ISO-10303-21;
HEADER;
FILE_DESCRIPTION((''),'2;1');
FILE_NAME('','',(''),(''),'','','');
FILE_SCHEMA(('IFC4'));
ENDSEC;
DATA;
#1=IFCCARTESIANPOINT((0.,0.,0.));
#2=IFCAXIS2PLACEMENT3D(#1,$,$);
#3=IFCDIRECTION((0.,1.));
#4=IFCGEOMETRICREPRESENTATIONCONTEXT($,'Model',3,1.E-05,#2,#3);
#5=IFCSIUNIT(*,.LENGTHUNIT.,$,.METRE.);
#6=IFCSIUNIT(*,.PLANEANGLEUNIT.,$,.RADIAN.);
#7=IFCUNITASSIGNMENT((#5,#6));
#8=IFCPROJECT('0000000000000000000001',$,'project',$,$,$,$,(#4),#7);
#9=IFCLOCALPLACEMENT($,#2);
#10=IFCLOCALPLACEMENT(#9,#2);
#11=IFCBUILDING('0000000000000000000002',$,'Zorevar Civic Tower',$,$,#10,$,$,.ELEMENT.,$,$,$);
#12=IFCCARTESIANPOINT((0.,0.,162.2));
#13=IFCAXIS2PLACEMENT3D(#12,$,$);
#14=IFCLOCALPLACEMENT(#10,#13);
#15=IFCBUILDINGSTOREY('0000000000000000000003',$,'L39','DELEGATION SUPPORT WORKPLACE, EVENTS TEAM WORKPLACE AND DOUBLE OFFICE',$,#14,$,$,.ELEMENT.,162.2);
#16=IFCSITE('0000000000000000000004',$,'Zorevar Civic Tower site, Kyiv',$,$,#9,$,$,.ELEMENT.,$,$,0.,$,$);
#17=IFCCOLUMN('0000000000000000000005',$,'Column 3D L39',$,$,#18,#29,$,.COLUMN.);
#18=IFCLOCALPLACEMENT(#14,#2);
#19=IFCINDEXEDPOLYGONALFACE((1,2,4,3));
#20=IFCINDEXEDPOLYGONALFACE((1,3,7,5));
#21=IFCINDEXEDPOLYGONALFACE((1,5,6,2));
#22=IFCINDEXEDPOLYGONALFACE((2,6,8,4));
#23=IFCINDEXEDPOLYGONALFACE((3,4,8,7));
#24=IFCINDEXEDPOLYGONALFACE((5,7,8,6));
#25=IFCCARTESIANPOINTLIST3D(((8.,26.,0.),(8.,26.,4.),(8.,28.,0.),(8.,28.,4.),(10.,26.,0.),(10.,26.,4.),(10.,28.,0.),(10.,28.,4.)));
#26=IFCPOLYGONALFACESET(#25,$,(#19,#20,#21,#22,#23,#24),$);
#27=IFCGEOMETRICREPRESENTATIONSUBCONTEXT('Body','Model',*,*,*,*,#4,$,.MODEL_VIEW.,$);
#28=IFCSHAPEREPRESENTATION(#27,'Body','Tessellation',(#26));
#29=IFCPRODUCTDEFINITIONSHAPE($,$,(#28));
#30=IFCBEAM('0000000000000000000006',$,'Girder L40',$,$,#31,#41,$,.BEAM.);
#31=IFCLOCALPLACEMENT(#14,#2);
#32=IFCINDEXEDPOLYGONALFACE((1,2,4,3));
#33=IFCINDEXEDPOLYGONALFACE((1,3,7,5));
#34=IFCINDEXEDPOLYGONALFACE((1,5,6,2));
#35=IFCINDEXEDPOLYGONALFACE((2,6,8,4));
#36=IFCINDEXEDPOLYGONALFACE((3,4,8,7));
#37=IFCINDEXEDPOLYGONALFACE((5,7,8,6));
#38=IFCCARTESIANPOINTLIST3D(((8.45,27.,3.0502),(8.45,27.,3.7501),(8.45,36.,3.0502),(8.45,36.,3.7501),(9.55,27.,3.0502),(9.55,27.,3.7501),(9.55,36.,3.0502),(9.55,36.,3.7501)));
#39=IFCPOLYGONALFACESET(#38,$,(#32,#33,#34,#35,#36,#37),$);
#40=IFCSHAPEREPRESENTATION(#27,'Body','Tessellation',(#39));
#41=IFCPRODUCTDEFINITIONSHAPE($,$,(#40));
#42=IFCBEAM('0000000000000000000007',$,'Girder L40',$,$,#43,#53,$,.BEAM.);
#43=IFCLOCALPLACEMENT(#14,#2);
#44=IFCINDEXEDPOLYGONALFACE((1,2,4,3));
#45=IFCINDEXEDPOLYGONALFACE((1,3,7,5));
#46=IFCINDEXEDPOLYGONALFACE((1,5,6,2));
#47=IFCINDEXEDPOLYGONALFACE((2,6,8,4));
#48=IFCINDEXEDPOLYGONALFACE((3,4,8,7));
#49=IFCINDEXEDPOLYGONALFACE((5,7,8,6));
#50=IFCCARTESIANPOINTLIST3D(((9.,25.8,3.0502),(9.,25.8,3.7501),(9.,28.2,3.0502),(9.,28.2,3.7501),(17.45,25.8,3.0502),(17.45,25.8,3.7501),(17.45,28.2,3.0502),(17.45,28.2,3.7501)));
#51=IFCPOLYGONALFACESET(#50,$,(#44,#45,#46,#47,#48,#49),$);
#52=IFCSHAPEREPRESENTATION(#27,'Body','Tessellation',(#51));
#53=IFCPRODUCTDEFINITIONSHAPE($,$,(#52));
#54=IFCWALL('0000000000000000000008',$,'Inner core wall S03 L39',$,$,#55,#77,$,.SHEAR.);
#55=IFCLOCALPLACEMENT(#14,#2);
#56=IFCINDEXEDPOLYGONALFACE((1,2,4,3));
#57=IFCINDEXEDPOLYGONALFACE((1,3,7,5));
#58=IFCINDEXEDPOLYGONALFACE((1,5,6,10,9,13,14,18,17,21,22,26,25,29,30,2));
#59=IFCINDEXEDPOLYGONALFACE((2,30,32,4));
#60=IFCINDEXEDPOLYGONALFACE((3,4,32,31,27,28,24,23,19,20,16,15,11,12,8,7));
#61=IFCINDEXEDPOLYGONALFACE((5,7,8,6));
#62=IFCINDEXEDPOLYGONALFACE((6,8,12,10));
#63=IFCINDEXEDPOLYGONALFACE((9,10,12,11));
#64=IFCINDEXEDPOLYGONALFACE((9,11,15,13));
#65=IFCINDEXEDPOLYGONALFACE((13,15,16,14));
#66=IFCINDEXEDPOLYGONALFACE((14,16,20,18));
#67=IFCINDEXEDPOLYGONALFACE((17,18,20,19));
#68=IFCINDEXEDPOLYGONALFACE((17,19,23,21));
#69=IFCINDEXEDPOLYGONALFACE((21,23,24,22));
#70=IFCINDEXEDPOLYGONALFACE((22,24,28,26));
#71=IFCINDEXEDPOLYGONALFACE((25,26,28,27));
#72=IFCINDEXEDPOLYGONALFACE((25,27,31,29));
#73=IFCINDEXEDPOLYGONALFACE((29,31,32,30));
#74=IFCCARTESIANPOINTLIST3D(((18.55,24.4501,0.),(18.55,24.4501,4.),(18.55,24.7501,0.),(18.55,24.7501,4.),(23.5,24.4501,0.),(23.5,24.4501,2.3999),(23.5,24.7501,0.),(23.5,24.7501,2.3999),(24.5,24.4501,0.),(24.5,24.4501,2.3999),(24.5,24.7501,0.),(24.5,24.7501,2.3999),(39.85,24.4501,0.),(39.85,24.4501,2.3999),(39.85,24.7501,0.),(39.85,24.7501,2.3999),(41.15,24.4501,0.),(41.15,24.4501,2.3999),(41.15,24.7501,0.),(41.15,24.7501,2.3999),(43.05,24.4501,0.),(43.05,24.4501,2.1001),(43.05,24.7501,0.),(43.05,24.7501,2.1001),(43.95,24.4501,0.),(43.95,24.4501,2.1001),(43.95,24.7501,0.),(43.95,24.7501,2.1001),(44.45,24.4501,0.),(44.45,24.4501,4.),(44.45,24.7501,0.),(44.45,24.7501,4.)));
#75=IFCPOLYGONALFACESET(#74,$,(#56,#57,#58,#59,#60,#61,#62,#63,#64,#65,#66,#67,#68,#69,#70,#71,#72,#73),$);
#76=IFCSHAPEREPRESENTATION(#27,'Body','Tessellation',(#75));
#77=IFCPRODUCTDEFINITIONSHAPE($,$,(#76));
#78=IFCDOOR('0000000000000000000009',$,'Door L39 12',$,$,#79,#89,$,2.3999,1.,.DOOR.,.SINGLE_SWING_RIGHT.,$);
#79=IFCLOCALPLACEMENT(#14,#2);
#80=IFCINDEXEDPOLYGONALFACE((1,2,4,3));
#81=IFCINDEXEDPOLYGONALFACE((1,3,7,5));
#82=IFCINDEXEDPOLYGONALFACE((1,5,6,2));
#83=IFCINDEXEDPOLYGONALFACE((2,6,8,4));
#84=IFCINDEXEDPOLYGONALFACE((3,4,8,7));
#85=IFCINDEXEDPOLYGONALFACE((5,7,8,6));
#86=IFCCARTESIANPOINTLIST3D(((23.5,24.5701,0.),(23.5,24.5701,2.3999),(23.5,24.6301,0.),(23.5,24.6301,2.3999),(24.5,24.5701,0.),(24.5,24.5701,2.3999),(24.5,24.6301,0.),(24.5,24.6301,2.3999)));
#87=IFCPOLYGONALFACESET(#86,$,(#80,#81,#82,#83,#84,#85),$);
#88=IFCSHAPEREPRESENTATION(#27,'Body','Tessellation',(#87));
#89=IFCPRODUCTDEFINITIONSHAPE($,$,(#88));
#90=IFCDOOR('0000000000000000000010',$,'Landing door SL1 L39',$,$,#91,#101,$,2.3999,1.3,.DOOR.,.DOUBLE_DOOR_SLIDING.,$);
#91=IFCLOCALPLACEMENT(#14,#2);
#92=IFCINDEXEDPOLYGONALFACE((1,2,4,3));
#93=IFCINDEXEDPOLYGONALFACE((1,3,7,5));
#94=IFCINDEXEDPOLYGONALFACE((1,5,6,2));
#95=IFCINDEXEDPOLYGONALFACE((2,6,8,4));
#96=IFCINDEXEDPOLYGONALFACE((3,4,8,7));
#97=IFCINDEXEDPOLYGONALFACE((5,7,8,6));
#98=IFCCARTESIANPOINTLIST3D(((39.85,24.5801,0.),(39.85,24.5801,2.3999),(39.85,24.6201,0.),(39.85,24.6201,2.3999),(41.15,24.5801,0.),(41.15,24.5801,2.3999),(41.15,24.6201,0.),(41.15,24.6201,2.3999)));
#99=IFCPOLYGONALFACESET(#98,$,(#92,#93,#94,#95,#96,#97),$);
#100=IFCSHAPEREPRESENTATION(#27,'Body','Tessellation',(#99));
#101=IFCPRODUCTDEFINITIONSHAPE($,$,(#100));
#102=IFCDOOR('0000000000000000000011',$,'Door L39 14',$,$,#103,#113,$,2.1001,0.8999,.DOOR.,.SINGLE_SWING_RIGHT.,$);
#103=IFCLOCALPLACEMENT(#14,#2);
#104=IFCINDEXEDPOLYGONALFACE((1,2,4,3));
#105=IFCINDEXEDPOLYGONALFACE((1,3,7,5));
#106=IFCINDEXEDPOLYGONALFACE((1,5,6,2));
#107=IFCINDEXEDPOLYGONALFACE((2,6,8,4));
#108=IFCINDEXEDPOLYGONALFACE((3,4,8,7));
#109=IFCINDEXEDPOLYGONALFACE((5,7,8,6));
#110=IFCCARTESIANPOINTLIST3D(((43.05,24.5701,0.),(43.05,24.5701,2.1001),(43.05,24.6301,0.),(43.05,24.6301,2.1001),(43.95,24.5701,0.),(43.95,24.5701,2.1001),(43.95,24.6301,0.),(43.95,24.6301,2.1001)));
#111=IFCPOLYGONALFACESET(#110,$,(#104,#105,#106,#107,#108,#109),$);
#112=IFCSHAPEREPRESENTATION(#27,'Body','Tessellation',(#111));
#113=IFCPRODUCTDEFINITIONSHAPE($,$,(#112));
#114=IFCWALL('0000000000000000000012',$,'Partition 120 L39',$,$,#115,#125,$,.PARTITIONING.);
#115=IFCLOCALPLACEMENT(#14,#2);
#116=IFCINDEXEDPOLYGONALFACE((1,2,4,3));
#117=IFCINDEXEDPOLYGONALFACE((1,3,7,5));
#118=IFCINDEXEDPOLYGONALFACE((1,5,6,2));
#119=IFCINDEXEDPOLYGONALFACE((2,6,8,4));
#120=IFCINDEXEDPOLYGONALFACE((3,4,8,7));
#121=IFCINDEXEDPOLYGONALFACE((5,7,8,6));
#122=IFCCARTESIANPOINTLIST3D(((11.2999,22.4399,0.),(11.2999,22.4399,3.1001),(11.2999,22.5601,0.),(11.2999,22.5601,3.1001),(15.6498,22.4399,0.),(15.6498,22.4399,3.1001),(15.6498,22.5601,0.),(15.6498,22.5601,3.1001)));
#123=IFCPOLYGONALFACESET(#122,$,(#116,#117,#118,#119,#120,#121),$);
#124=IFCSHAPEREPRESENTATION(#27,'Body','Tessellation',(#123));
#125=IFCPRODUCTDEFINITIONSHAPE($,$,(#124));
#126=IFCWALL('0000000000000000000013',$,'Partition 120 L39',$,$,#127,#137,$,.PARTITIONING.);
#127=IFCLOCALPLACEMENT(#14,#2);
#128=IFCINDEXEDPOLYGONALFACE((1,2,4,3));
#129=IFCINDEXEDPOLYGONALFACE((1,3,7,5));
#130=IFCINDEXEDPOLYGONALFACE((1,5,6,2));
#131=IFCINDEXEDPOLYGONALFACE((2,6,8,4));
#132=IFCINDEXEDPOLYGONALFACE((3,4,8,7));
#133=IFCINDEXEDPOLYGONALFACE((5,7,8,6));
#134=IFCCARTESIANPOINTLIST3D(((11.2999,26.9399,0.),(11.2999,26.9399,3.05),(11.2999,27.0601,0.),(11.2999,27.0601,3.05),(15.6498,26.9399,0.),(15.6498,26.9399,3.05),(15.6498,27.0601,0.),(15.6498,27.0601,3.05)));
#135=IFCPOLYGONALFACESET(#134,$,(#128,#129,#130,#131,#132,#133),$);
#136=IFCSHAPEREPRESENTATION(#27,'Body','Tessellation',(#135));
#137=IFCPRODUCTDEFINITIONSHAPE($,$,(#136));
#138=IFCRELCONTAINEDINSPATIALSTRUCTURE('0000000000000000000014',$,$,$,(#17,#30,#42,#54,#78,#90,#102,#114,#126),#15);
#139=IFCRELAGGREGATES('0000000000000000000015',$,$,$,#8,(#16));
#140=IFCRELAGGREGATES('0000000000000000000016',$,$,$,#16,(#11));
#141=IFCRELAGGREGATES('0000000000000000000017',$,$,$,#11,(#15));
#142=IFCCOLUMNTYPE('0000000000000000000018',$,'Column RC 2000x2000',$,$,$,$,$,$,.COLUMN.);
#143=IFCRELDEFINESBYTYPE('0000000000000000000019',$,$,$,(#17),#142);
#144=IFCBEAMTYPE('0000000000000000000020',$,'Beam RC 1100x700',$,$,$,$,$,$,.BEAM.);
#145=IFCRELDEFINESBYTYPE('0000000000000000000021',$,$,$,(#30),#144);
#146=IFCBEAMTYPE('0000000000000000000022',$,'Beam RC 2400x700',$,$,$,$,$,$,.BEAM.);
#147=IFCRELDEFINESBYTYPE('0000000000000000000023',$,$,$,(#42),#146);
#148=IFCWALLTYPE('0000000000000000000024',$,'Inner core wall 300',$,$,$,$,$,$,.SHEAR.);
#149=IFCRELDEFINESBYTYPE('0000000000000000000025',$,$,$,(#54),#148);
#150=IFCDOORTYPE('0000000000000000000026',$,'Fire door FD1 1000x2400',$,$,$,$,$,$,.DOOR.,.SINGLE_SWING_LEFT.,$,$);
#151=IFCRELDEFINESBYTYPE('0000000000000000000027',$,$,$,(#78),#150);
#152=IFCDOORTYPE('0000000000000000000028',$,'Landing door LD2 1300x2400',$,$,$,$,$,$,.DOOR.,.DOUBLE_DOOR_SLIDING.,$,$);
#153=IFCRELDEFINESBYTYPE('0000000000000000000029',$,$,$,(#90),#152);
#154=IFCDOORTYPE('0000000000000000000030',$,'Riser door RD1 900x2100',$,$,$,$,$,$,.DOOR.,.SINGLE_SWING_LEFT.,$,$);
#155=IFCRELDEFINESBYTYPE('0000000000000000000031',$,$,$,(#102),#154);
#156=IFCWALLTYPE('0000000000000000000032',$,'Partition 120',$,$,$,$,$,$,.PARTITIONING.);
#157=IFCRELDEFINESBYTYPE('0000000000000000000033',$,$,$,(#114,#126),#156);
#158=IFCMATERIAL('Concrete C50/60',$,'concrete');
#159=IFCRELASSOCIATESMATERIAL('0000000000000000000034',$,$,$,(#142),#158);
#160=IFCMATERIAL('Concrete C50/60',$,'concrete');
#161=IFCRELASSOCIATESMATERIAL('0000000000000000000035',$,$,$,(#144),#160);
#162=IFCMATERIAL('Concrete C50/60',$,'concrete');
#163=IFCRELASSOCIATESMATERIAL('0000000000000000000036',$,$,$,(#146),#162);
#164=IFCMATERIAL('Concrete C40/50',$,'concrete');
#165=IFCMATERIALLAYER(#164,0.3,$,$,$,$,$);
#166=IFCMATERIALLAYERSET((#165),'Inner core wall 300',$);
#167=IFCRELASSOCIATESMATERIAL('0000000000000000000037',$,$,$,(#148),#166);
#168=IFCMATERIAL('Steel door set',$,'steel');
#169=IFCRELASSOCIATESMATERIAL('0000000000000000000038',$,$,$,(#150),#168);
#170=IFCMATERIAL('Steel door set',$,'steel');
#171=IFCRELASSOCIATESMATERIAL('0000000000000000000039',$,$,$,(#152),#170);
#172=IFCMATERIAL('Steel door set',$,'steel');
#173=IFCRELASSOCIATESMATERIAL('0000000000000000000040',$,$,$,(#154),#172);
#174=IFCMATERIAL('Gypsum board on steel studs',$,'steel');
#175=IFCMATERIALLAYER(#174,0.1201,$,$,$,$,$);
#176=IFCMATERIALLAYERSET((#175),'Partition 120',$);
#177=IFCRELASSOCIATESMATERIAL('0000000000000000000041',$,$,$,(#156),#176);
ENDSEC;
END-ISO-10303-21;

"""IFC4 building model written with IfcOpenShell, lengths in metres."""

from ifc_helpers import new_model, si_unit, direction, frame, frame_2d, origin, origin_2d, place, context, subcontext, project, spatial, rectangle, extrude, material, layer, layer_set, material_profile, profile_set, type_object, element, fill, save


model = new_model("IFC4")

# Units and contexts
model_context = context("Model", 3, precision=1e-05, world=origin(), true_north=direction((0.0, 1.0)))
body_context = subcontext(model_context, "Body", "Model", "MODEL_VIEW")
ifc_project = project(units=[si_unit("LENGTHUNIT", "METRE"), si_unit("PLANEANGLEUNIT", "RADIAN")], contexts=[model_context])

# Site, building, storey
site_placement = place(None, origin())
site = spatial("IfcSite", under=ifc_project, at=site_placement, Name="Zorevar Civic Tower site, Kyiv", CompositionType="ELEMENT", RefElevation=0.0)
building_placement = place(site_placement, origin())
building = spatial("IfcBuilding", under=site, at=building_placement, Name="Zorevar Civic Tower", CompositionType="ELEMENT")
storey_placement = place(building_placement, frame((0.0, 0.0, 162.2)))
storey = spatial("IfcBuildingStorey", under=building, at=storey_placement, Name="L39", Description="DELEGATION SUPPORT WORKPLACE, EVENTS TEAM WORKPLACE AND DOUBLE OFFICE", CompositionType="ELEMENT", Elevation=162.2)

# Column
ifc_material_1 = material(Name="Concrete C50/60", Category="concrete")
ifc_material_profile_1 = material_profile(ifc_material_1, rectangle(XDim=2.0, YDim=2.0, at=origin_2d()), Name="RC 2000x2000")
ifc_profile_set_1 = profile_set([ifc_material_profile_1], Name="Concrete C50/60")
column_type = type_object("IfcColumnType", Name="Column RC 2000x2000", PredefinedType="COLUMN", material=ifc_profile_set_1)
column_placement = place(storey_placement, frame((9.0, 27.0, 0.0), z_axis=(0.0, 0.0, 1.0), x_axis=(1.0, 0.0, 0.0)))
element("IfcColumn", 1, at=column_placement, inside=storey, type_object=column_type, Name="Column 3D L39", PredefinedType="COLUMN", context=body_context, shape_type="SweptSolid", body=[
    extrude(rectangle(XDim=2.0, YDim=2.0, at=origin_2d()), origin(), (0.0, 0.0, 1.0), 4.0),
])

# Beams
ifc_material_2 = material(Name="Concrete C50/60", Category="concrete")
ifc_material_profile_2 = material_profile(ifc_material_2, rectangle(XDim=1.1001, YDim=0.7, at=origin_2d()), Name="RC 1100x700")
ifc_profile_set_2 = profile_set([ifc_material_profile_2], Name="Concrete C50/60")
beam_type_1 = type_object("IfcBeamType", Name="Beam RC 1100x700", PredefinedType="BEAM", material=ifc_profile_set_2)
beam_1_placement = place(storey_placement, frame((9.0, 27.0, 3.4001), z_axis=(0.0, 1.0, 0.0), x_axis=(-1.0, 0.0, 0.0)))
element("IfcBeam", 2, at=beam_1_placement, inside=storey, type_object=beam_type_1, Name="Girder L40", PredefinedType="BEAM", context=body_context, shape_type="SweptSolid", body=[
    extrude(rectangle(XDim=1.1001, YDim=0.7, at=origin_2d()), origin(), (0.0, 0.0, 1.0), 9.0),
])
ifc_material_3 = material(Name="Concrete C50/60", Category="concrete")
ifc_material_profile_3 = material_profile(ifc_material_3, rectangle(XDim=2.3999, YDim=0.7, at=origin_2d()), Name="RC 2400x700")
ifc_profile_set_3 = profile_set([ifc_material_profile_3], Name="Concrete C50/60")
beam_type_2 = type_object("IfcBeamType", Name="Beam RC 2400x700", PredefinedType="BEAM", material=ifc_profile_set_3)
beam_2_placement = place(storey_placement, frame((9.0, 27.0, 3.4001), z_axis=(1.0, 0.0, 0.0), x_axis=(0.0, 1.0, 0.0)))
element("IfcBeam", 3, at=beam_2_placement, inside=storey, type_object=beam_type_2, Name="Girder L40", PredefinedType="BEAM", context=body_context, shape_type="SweptSolid", body=[
    extrude(rectangle(XDim=2.3999, YDim=0.7, at=origin_2d()), origin(), (0.0, 0.0, 1.0), 8.45),
])

# Wall, openings, doors
ifc_material_4 = material(Name="Concrete C40/50", Category="concrete")
ifc_layer_1 = layer(ifc_material_4, 0.3)
ifc_layer_set_1 = layer_set([ifc_layer_1], Name="Inner core wall 300")
wall_type_1 = type_object("IfcWallType", Name="Inner core wall 300", PredefinedType="SHEAR", material=ifc_layer_set_1)
wall_1_placement = place(storey_placement, frame((18.55, 24.6001, 0.0), z_axis=(0.0, 0.0, 1.0), x_axis=(1.0, 0.0, 0.0)))
wall_1 = element("IfcWall", 4, at=wall_1_placement, inside=storey, type_object=wall_type_1, Name="Inner core wall S03 L39", PredefinedType="SHEAR", context=body_context, shape_type="SweptSolid", body=[
    extrude(rectangle(XDim=25.8999, YDim=0.3, at=frame_2d((12.95, 0.0))), origin(), (0.0, 0.0, 1.0), 4.0),
])
opening_1_placement = place(wall_1_placement, frame((4.95, 0.0, 0.0)))
opening_1 = element("IfcOpeningElement", 5, at=opening_1_placement, cuts=wall_1, PredefinedType="OPENING", context=body_context, shape_type="SweptSolid", body=[
    extrude(rectangle(XDim=1.0, YDim=2.3999, at=frame_2d((0.5, 1.2))), frame((0.0, 0.1599, 0.0), z_axis=(0.0, -1.0, 0.0), x_axis=(1.0, 0.0, 0.0)), (0.0, 0.0, 1.0), 0.3201),
])
opening_2_placement = place(wall_1_placement, frame((24.5, 0.0, 0.0)))
opening_2 = element("IfcOpeningElement", 6, at=opening_2_placement, cuts=wall_1, PredefinedType="OPENING", context=body_context, shape_type="SweptSolid", body=[
    extrude(rectangle(XDim=0.8999, YDim=2.1001, at=frame_2d((0.45, 1.05))), frame((0.0, 0.1599, 0.0), z_axis=(0.0, -1.0, 0.0), x_axis=(1.0, 0.0, 0.0)), (0.0, 0.0, 1.0), 0.3201),
])
opening_3_placement = place(wall_1_placement, frame((21.3, 0.0, 0.0)))
opening_3 = element("IfcOpeningElement", 7, at=opening_3_placement, cuts=wall_1, PredefinedType="OPENING", context=body_context, shape_type="SweptSolid", body=[
    extrude(rectangle(XDim=1.3, YDim=2.3999, at=frame_2d((0.6499, 1.2))), frame((0.0, 0.1599, 0.0), z_axis=(0.0, -1.0, 0.0), x_axis=(1.0, 0.0, 0.0)), (0.0, 0.0, 1.0), 0.3201),
])
ifc_material_5 = material(Name="Steel door set", Category="steel")
door_type_1 = type_object("IfcDoorType", Name="Fire door FD1 1000x2400", OperationType="SINGLE_SWING_LEFT", PredefinedType="DOOR", material=ifc_material_5)
door_1_placement = place(opening_1_placement, origin())
door_1 = element("IfcDoor", 8, at=door_1_placement, inside=storey, type_object=door_type_1, Name="Door L39 12", OperationType="SINGLE_SWING_RIGHT", OverallHeight=2.3999, OverallWidth=1.0, PredefinedType="DOOR", context=body_context, shape_type="SweptSolid", body=[
    extrude(rectangle(XDim=1.0, YDim=2.3999, at=frame_2d((0.5, 1.2))), frame((0.0, 0.03, 0.0), z_axis=(0.0, -1.0, 0.0), x_axis=(1.0, 0.0, 0.0)), (0.0, 0.0, 1.0), 0.0601),
])
fill(opening_1, door_1)
ifc_material_6 = material(Name="Steel door set", Category="steel")
door_type_2 = type_object("IfcDoorType", Name="Landing door LD2 1300x2400", OperationType="DOUBLE_DOOR_SLIDING", PredefinedType="DOOR", material=ifc_material_6)
door_2_placement = place(opening_3_placement, origin())
door_2 = element("IfcDoor", 9, at=door_2_placement, inside=storey, type_object=door_type_2, Name="Landing door SL1 L39", OperationType="DOUBLE_DOOR_SLIDING", OverallHeight=2.3999, OverallWidth=1.3, PredefinedType="DOOR", context=body_context, shape_type="SweptSolid", body=[
    extrude(rectangle(XDim=1.3, YDim=2.3999, at=frame_2d((0.6499, 1.2))), frame((0.0, 0.02, 0.0), z_axis=(0.0, -1.0, 0.0), x_axis=(1.0, 0.0, 0.0)), (0.0, 0.0, 1.0), 0.04),
])
fill(opening_3, door_2)
ifc_material_7 = material(Name="Steel door set", Category="steel")
door_type_3 = type_object("IfcDoorType", Name="Riser door RD1 900x2100", OperationType="SINGLE_SWING_LEFT", PredefinedType="DOOR", material=ifc_material_7)
door_3_placement = place(opening_2_placement, origin())
door_3 = element("IfcDoor", 10, at=door_3_placement, inside=storey, type_object=door_type_3, Name="Door L39 14", OperationType="SINGLE_SWING_RIGHT", OverallHeight=2.1001, OverallWidth=0.8999, PredefinedType="DOOR", context=body_context, shape_type="SweptSolid", body=[
    extrude(rectangle(XDim=0.8999, YDim=2.1001, at=frame_2d((0.45, 1.05))), frame((0.0, 0.03, 0.0), z_axis=(0.0, -1.0, 0.0), x_axis=(1.0, 0.0, 0.0)), (0.0, 0.0, 1.0), 0.0601),
])
fill(opening_2, door_3)

# Walls
ifc_material_8 = material(Name="Gypsum board on steel studs", Category="steel")
ifc_layer_2 = layer(ifc_material_8, 0.1201)
ifc_layer_set_2 = layer_set([ifc_layer_2], Name="Partition 120")
wall_type_2 = type_object("IfcWallType", Name="Partition 120", PredefinedType="PARTITIONING", material=ifc_layer_set_2)
wall_2_placement = place(storey_placement, frame((11.3, 22.5, 0.0), z_axis=(0.0, 0.0, 1.0), x_axis=(1.0, 0.0, 0.0)))
element("IfcWall", 11, at=wall_2_placement, inside=storey, type_object=wall_type_2, Name="Partition 120 L39", PredefinedType="PARTITIONING", context=body_context, shape_type="SweptSolid", body=[
    extrude(rectangle(XDim=4.3499, YDim=0.1201, at=frame_2d((2.1748, 0.0))), origin(), (0.0, 0.0, 1.0), 3.1001),
])
wall_3_placement = place(storey_placement, frame((11.3, 27.0, 0.0), z_axis=(0.0, 0.0, 1.0), x_axis=(1.0, 0.0, 0.0)))
element("IfcWall", 12, at=wall_3_placement, inside=storey, type_object=wall_type_2, Name="Partition 120 L39", PredefinedType="PARTITIONING", context=body_context, shape_type="SweptSolid", body=[
    extrude(rectangle(XDim=4.3499, YDim=0.1201, at=frame_2d((2.1748, 0.0))), origin(), (0.0, 0.0, 1.0), 3.05),
])

save(model, "model.ifc")
